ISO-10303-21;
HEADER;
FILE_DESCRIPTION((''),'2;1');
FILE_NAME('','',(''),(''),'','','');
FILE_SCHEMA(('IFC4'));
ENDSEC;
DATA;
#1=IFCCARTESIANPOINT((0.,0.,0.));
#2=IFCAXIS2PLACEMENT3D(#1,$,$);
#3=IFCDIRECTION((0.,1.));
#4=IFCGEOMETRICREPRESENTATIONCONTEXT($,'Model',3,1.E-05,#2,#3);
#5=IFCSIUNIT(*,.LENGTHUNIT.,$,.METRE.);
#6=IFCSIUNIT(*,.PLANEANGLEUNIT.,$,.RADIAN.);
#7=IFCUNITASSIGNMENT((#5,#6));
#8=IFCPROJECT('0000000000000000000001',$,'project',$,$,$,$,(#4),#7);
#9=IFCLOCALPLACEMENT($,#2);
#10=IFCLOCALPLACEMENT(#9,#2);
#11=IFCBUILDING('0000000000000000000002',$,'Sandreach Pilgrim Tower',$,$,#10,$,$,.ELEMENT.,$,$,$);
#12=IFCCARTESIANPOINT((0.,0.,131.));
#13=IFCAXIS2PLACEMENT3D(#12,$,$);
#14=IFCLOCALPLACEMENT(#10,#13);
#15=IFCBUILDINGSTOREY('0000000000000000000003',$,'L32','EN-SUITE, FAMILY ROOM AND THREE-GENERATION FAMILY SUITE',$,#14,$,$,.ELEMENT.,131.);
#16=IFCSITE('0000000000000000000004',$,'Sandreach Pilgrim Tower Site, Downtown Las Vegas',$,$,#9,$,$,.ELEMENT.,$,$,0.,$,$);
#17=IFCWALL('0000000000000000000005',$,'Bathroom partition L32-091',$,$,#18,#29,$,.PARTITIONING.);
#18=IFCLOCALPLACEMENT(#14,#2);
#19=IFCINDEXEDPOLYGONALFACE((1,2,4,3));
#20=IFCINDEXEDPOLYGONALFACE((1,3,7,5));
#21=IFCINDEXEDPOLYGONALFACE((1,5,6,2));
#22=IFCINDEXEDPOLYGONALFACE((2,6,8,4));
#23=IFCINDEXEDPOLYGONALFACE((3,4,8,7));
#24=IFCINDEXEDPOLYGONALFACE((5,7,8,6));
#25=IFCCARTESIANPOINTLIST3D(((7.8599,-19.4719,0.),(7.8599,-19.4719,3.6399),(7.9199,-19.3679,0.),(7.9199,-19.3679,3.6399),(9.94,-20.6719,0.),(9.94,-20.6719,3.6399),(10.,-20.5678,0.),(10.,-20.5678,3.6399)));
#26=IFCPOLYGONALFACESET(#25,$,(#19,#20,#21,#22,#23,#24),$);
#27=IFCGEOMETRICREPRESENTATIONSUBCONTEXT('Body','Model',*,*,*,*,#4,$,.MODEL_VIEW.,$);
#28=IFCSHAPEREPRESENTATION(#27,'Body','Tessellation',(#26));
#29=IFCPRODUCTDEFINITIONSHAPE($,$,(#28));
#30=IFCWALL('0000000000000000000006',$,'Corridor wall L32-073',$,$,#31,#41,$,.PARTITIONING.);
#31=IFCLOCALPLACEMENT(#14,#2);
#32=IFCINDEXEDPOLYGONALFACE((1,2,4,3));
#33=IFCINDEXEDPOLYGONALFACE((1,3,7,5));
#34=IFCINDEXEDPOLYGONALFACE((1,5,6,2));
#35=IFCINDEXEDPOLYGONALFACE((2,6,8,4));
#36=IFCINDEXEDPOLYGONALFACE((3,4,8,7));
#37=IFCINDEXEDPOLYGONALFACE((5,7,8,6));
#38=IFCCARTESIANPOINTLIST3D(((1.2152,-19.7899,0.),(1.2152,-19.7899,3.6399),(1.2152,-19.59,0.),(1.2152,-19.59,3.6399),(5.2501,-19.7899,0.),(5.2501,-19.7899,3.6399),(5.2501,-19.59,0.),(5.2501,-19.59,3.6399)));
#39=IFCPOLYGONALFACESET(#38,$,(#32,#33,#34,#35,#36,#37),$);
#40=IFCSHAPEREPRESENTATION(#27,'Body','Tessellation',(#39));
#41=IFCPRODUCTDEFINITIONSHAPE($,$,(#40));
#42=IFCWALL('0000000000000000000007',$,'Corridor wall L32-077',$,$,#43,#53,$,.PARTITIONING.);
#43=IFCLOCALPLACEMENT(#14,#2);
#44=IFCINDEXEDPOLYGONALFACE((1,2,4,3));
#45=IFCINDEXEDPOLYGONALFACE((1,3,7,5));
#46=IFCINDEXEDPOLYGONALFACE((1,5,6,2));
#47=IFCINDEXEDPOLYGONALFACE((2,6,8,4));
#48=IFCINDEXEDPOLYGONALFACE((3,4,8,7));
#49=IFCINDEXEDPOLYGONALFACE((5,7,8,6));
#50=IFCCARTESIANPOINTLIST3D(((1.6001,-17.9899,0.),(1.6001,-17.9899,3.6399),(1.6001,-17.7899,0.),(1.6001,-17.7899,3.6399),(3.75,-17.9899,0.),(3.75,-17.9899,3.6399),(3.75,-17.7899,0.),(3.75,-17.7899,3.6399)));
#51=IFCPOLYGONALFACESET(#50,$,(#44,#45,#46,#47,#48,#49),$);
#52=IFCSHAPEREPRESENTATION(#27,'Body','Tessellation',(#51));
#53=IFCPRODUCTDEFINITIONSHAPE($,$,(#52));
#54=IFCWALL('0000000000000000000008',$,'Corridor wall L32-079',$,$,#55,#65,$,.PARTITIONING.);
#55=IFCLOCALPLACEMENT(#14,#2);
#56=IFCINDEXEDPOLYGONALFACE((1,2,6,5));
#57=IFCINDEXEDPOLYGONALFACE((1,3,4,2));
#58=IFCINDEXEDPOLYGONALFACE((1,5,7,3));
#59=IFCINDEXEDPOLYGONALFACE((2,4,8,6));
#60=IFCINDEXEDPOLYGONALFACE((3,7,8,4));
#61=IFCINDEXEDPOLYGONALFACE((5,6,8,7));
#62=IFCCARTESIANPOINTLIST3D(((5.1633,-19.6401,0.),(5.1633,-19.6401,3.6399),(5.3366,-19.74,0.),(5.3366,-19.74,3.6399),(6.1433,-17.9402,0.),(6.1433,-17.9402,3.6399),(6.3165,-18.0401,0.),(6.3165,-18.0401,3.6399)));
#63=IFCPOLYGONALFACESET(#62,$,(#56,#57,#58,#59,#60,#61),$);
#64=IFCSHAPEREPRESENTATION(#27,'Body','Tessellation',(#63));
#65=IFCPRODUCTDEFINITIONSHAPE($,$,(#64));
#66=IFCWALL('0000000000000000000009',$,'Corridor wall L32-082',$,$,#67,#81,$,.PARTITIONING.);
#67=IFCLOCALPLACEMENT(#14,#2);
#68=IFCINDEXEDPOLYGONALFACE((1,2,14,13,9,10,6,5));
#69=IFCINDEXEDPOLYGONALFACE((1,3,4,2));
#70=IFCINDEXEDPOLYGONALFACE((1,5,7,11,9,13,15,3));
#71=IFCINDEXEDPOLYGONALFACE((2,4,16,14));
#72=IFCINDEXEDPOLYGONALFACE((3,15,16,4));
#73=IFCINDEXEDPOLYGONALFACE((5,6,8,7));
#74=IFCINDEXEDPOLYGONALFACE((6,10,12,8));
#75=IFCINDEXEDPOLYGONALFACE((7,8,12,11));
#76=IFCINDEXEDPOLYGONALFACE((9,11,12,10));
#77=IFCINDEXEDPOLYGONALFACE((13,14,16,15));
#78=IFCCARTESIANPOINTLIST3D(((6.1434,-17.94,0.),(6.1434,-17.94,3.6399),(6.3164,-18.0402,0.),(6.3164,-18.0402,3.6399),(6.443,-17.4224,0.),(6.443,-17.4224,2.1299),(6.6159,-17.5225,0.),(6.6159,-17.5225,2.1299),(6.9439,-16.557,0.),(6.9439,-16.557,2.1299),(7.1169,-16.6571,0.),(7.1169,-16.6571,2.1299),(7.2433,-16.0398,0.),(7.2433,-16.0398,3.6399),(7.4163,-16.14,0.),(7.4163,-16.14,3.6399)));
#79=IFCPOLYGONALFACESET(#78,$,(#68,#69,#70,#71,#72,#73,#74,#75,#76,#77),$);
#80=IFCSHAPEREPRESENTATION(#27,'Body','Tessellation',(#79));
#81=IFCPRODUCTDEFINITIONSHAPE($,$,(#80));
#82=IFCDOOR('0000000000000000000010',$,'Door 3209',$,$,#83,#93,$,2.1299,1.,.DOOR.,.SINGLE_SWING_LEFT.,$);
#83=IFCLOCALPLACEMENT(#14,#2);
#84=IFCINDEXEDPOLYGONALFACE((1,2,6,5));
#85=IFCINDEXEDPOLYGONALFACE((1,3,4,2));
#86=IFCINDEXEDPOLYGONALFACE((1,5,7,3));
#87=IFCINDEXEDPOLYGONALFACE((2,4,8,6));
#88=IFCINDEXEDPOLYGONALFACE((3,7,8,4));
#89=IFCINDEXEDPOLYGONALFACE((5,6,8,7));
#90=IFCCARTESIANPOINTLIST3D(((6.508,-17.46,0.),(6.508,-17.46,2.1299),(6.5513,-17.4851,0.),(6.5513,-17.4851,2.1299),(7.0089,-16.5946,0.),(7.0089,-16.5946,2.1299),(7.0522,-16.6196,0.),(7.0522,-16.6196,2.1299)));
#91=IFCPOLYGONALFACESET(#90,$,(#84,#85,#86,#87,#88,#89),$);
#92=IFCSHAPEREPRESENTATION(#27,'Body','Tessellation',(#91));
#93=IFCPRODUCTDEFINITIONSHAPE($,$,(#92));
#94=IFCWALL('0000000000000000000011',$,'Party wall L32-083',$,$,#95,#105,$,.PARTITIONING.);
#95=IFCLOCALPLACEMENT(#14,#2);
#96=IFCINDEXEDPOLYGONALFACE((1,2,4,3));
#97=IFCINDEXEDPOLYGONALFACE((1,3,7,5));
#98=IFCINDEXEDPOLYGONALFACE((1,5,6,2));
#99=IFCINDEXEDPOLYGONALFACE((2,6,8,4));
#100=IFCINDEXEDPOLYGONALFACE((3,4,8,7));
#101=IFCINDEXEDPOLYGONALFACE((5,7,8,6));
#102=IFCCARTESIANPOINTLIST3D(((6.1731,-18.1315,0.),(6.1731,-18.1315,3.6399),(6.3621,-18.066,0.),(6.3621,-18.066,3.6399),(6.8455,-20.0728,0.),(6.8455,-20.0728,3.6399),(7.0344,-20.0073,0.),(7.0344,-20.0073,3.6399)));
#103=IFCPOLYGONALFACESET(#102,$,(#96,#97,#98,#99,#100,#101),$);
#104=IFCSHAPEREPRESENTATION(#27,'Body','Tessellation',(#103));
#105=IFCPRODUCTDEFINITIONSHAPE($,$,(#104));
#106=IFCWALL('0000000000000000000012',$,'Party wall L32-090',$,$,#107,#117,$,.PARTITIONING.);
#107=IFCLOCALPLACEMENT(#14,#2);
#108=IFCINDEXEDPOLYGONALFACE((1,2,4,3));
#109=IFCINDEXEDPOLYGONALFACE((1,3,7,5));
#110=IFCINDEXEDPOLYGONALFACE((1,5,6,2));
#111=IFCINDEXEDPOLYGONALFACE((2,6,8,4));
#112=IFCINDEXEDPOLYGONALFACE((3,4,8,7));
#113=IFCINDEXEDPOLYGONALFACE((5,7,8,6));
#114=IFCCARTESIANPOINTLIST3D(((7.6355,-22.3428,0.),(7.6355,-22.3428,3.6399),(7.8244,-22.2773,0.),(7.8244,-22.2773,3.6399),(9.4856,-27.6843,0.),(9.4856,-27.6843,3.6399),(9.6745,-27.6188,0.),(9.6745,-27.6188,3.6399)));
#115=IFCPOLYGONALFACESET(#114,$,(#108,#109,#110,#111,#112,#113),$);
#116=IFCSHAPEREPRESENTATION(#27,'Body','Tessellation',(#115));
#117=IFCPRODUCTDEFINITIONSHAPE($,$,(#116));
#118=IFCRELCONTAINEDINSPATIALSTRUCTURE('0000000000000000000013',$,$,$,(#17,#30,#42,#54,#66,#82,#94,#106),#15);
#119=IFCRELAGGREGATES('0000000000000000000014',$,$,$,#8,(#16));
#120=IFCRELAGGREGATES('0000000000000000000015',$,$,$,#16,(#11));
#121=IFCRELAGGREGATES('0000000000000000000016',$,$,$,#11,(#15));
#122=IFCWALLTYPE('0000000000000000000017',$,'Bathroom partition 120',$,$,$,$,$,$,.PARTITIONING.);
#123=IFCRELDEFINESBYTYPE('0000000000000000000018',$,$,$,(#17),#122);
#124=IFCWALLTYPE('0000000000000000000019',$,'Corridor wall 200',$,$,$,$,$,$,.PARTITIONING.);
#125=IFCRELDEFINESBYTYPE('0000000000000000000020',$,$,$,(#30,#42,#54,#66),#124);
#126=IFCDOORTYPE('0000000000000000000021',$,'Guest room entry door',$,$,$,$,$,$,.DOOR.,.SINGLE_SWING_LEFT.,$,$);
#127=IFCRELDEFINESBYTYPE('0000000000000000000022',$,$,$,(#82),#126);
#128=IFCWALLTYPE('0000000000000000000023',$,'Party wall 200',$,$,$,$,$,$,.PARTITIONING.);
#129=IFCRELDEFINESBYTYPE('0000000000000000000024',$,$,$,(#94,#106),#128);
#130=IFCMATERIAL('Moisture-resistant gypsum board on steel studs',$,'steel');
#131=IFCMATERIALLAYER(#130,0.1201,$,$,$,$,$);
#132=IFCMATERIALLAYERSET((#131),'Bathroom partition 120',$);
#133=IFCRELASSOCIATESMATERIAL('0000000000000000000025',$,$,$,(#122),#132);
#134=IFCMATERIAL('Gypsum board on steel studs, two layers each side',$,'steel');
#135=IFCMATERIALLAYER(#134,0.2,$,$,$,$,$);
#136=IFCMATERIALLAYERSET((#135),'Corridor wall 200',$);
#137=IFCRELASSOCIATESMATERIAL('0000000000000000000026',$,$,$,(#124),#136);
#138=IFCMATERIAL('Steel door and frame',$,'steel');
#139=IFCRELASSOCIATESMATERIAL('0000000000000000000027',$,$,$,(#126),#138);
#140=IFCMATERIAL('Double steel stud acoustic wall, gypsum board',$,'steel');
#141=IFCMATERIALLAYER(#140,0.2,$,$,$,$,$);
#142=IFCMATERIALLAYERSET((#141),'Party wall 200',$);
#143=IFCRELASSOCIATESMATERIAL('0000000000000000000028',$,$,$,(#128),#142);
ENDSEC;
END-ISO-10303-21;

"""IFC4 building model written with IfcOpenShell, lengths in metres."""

from ifc_helpers import new_model, si_unit, direction, frame, frame_2d, origin, place, context, subcontext, project, spatial, rectangle, extrude, material, layer, layer_set, type_object, element, fill, save


model = new_model("IFC4")

# Units and contexts
model_context = context("Model", 3, precision=1e-05, world=origin(), true_north=direction((0.0, 1.0)))
body_context = subcontext(model_context, "Body", "Model", "MODEL_VIEW")
ifc_project = project(units=[si_unit("LENGTHUNIT", "METRE"), si_unit("PLANEANGLEUNIT", "RADIAN")], contexts=[model_context])

# Site, building, storey
site_placement = place(None, origin())
site = spatial("IfcSite", under=ifc_project, at=site_placement, Name="Sandreach Pilgrim Tower Site, Downtown Las Vegas", CompositionType="ELEMENT", RefElevation=0.0)
building_placement = place(site_placement, origin())
building = spatial("IfcBuilding", under=site, at=building_placement, Name="Sandreach Pilgrim Tower", CompositionType="ELEMENT")
storey_placement = place(building_placement, frame((0.0, 0.0, 131.0)))
storey = spatial("IfcBuildingStorey", under=building, at=storey_placement, Name="L32", Description="EN-SUITE, FAMILY ROOM AND THREE-GENERATION FAMILY SUITE", CompositionType="ELEMENT", Elevation=131.0)

# Shared definitions
ifc_material_1 = material(Name="Moisture-resistant gypsum board on steel studs", Category="steel")
ifc_layer_1 = layer(ifc_material_1, 0.1201)
ifc_layer_set_1 = layer_set([ifc_layer_1], Name="Bathroom partition 120")
wall_type_1 = type_object("IfcWallType", Name="Bathroom partition 120", PredefinedType="PARTITIONING", material=ifc_layer_set_1)

# Wall
wall_1_placement = place(storey_placement, frame((7.8899, -19.4199, 0.0), z_axis=(0.0, 0.0, 1.0), x_axis=(0.866203, -0.499693, 0.0)))
element("IfcWall", 1, at=wall_1_placement, inside=storey, type_object=wall_type_1, Name="Bathroom partition L32-091", PredefinedType="PARTITIONING", context=body_context, shape_type="SweptSolid", body=[
    extrude(rectangle(XDim=2.4014, YDim=0.1201, at=frame_2d((1.2007, 0.0))), origin(), (0.0, 0.0, 1.0), 3.6399),
])

# Shared definitions
ifc_material_2 = material(Name="Gypsum board on steel studs, two layers each side", Category="steel")
ifc_layer_2 = layer(ifc_material_2, 0.2)
ifc_layer_set_2 = layer_set([ifc_layer_2], Name="Corridor wall 200")
wall_type_2 = type_object("IfcWallType", Name="Corridor wall 200", PredefinedType="PARTITIONING", material=ifc_layer_set_2)
ifc_material_3 = material(Name="Steel door and frame", Category="steel")
door_type_1 = type_object("IfcDoorType", Name="Guest room entry door", OperationType="SINGLE_SWING_LEFT", PredefinedType="DOOR", material=ifc_material_3)

# Wall
wall_2_placement = place(storey_placement, frame((1.2151, -19.6899, 0.0), z_axis=(0.0, 0.0, 1.0), x_axis=(1.0, 0.0, 0.0)))
element("IfcWall", 2, at=wall_2_placement, inside=storey, type_object=wall_type_2, Name="Corridor wall L32-073", PredefinedType="PARTITIONING", context=body_context, shape_type="SweptSolid", body=[
    extrude(rectangle(XDim=4.0349, YDim=0.2, at=frame_2d((2.0176, 0.0))), origin(), (0.0, 0.0, 1.0), 3.6399),
])

# Walls
wall_3_placement = place(storey_placement, frame((3.75, -17.8899, 0.0), z_axis=(0.0, 0.0, 1.0), x_axis=(-1.0, 0.0, 0.0)))
element("IfcWall", 3, at=wall_3_placement, inside=storey, type_object=wall_type_2, Name="Corridor wall L32-077", PredefinedType="PARTITIONING", context=body_context, shape_type="SweptSolid", body=[
    extrude(rectangle(XDim=2.1499, YDim=0.2, at=frame_2d((1.075, 0.0))), origin(), (0.0, 0.0, 1.0), 3.6399),
])
wall_4_placement = place(storey_placement, frame((5.25, -19.6899, 0.0), z_axis=(0.0, 0.0, 1.0), x_axis=(0.499432, 0.866353, 0.0)))
element("IfcWall", 4, at=wall_4_placement, inside=storey, type_object=wall_type_2, Name="Corridor wall L32-079", PredefinedType="PARTITIONING", context=body_context, shape_type="SweptSolid", body=[
    extrude(rectangle(XDim=1.9622, YDim=0.2, at=frame_2d((0.981, 0.0))), origin(), (0.0, 0.0, 1.0), 3.6399),
])

# Wall, opening, door
wall_5_placement = place(storey_placement, frame((6.23, -17.99, 0.0), z_axis=(0.0, 0.0, 1.0), x_axis=(0.500957, 0.865472, 0.0)))
wall_5 = element("IfcWall", 5, at=wall_5_placement, inside=storey, type_object=wall_type_2, Name="Corridor wall L32-082", PredefinedType="PARTITIONING", context=body_context, shape_type="SweptSolid", body=[
    extrude(rectangle(XDim=2.1956, YDim=0.2, at=frame_2d((1.0977, 0.0))), origin(), (0.0, 0.0, 1.0), 3.6399),
])
opening_1_placement = place(wall_5_placement, frame((0.5979, 0.0, 0.0)))
opening_1 = element("IfcOpeningElement", 6, at=opening_1_placement, cuts=wall_5, PredefinedType="OPENING", context=body_context, shape_type="SweptSolid", body=[
    extrude(rectangle(XDim=1.0, YDim=2.1299, at=frame_2d((0.5, 1.0649))), frame((0.0, 0.1001, 0.0), z_axis=(0.0, -1.0, 0.0), x_axis=(1.0, 0.0, 0.0)), (0.0, 0.0, 1.0), 0.2),
])
door_1_placement = place(opening_1_placement, origin())
door_1 = element("IfcDoor", 7, at=door_1_placement, inside=storey, type_object=door_type_1, Name="Door 3209", OperationType="SINGLE_SWING_LEFT", OverallHeight=2.1299, OverallWidth=1.0, PredefinedType="DOOR", context=body_context, shape_type="SweptSolid", body=[
    extrude(rectangle(XDim=1.0, YDim=2.1299, at=frame_2d((0.5, 1.0649))), frame((0.0, 0.0249, 0.0), z_axis=(0.0, -1.0, 0.0), x_axis=(1.0, 0.0, 0.0)), (0.0, 0.0, 1.0), 0.05),
])
fill(opening_1, door_1)

# Walls
ifc_material_4 = material(Name="Double steel stud acoustic wall, gypsum board", Category="steel")
ifc_layer_3 = layer(ifc_material_4, 0.2)
ifc_layer_set_3 = layer_set([ifc_layer_3], Name="Party wall 200")
wall_type_3 = type_object("IfcWallType", Name="Party wall 200", PredefinedType="PARTITIONING", material=ifc_layer_set_3)
wall_6_placement = place(storey_placement, frame((6.2676, -18.0986, 0.0), z_axis=(0.0, 0.0, 1.0), x_axis=(0.327257, -0.944935, 0.0)))
element("IfcWall", 8, at=wall_6_placement, inside=storey, type_object=wall_type_3, Name="Party wall L32-083", PredefinedType="PARTITIONING", context=body_context, shape_type="SweptSolid", body=[
    extrude(rectangle(XDim=2.0544, YDim=0.2, at=frame_2d((1.0273, 0.0))), origin(), (0.0, 0.0, 1.0), 3.6399),
])
wall_7_placement = place(storey_placement, frame((7.73, -22.3101, 0.0), z_axis=(0.0, 0.0, 1.0), x_axis=(0.327284, -0.944926, 0.0)))
element("IfcWall", 9, at=wall_7_placement, inside=storey, type_object=wall_type_3, Name="Party wall L32-090", PredefinedType="PARTITIONING", context=body_context, shape_type="SweptSolid", body=[
    extrude(rectangle(XDim=5.6528, YDim=0.2, at=frame_2d((2.8264, 0.0))), origin(), (0.0, 0.0, 1.0), 3.6399),
])

save(model, "model.ifc")
